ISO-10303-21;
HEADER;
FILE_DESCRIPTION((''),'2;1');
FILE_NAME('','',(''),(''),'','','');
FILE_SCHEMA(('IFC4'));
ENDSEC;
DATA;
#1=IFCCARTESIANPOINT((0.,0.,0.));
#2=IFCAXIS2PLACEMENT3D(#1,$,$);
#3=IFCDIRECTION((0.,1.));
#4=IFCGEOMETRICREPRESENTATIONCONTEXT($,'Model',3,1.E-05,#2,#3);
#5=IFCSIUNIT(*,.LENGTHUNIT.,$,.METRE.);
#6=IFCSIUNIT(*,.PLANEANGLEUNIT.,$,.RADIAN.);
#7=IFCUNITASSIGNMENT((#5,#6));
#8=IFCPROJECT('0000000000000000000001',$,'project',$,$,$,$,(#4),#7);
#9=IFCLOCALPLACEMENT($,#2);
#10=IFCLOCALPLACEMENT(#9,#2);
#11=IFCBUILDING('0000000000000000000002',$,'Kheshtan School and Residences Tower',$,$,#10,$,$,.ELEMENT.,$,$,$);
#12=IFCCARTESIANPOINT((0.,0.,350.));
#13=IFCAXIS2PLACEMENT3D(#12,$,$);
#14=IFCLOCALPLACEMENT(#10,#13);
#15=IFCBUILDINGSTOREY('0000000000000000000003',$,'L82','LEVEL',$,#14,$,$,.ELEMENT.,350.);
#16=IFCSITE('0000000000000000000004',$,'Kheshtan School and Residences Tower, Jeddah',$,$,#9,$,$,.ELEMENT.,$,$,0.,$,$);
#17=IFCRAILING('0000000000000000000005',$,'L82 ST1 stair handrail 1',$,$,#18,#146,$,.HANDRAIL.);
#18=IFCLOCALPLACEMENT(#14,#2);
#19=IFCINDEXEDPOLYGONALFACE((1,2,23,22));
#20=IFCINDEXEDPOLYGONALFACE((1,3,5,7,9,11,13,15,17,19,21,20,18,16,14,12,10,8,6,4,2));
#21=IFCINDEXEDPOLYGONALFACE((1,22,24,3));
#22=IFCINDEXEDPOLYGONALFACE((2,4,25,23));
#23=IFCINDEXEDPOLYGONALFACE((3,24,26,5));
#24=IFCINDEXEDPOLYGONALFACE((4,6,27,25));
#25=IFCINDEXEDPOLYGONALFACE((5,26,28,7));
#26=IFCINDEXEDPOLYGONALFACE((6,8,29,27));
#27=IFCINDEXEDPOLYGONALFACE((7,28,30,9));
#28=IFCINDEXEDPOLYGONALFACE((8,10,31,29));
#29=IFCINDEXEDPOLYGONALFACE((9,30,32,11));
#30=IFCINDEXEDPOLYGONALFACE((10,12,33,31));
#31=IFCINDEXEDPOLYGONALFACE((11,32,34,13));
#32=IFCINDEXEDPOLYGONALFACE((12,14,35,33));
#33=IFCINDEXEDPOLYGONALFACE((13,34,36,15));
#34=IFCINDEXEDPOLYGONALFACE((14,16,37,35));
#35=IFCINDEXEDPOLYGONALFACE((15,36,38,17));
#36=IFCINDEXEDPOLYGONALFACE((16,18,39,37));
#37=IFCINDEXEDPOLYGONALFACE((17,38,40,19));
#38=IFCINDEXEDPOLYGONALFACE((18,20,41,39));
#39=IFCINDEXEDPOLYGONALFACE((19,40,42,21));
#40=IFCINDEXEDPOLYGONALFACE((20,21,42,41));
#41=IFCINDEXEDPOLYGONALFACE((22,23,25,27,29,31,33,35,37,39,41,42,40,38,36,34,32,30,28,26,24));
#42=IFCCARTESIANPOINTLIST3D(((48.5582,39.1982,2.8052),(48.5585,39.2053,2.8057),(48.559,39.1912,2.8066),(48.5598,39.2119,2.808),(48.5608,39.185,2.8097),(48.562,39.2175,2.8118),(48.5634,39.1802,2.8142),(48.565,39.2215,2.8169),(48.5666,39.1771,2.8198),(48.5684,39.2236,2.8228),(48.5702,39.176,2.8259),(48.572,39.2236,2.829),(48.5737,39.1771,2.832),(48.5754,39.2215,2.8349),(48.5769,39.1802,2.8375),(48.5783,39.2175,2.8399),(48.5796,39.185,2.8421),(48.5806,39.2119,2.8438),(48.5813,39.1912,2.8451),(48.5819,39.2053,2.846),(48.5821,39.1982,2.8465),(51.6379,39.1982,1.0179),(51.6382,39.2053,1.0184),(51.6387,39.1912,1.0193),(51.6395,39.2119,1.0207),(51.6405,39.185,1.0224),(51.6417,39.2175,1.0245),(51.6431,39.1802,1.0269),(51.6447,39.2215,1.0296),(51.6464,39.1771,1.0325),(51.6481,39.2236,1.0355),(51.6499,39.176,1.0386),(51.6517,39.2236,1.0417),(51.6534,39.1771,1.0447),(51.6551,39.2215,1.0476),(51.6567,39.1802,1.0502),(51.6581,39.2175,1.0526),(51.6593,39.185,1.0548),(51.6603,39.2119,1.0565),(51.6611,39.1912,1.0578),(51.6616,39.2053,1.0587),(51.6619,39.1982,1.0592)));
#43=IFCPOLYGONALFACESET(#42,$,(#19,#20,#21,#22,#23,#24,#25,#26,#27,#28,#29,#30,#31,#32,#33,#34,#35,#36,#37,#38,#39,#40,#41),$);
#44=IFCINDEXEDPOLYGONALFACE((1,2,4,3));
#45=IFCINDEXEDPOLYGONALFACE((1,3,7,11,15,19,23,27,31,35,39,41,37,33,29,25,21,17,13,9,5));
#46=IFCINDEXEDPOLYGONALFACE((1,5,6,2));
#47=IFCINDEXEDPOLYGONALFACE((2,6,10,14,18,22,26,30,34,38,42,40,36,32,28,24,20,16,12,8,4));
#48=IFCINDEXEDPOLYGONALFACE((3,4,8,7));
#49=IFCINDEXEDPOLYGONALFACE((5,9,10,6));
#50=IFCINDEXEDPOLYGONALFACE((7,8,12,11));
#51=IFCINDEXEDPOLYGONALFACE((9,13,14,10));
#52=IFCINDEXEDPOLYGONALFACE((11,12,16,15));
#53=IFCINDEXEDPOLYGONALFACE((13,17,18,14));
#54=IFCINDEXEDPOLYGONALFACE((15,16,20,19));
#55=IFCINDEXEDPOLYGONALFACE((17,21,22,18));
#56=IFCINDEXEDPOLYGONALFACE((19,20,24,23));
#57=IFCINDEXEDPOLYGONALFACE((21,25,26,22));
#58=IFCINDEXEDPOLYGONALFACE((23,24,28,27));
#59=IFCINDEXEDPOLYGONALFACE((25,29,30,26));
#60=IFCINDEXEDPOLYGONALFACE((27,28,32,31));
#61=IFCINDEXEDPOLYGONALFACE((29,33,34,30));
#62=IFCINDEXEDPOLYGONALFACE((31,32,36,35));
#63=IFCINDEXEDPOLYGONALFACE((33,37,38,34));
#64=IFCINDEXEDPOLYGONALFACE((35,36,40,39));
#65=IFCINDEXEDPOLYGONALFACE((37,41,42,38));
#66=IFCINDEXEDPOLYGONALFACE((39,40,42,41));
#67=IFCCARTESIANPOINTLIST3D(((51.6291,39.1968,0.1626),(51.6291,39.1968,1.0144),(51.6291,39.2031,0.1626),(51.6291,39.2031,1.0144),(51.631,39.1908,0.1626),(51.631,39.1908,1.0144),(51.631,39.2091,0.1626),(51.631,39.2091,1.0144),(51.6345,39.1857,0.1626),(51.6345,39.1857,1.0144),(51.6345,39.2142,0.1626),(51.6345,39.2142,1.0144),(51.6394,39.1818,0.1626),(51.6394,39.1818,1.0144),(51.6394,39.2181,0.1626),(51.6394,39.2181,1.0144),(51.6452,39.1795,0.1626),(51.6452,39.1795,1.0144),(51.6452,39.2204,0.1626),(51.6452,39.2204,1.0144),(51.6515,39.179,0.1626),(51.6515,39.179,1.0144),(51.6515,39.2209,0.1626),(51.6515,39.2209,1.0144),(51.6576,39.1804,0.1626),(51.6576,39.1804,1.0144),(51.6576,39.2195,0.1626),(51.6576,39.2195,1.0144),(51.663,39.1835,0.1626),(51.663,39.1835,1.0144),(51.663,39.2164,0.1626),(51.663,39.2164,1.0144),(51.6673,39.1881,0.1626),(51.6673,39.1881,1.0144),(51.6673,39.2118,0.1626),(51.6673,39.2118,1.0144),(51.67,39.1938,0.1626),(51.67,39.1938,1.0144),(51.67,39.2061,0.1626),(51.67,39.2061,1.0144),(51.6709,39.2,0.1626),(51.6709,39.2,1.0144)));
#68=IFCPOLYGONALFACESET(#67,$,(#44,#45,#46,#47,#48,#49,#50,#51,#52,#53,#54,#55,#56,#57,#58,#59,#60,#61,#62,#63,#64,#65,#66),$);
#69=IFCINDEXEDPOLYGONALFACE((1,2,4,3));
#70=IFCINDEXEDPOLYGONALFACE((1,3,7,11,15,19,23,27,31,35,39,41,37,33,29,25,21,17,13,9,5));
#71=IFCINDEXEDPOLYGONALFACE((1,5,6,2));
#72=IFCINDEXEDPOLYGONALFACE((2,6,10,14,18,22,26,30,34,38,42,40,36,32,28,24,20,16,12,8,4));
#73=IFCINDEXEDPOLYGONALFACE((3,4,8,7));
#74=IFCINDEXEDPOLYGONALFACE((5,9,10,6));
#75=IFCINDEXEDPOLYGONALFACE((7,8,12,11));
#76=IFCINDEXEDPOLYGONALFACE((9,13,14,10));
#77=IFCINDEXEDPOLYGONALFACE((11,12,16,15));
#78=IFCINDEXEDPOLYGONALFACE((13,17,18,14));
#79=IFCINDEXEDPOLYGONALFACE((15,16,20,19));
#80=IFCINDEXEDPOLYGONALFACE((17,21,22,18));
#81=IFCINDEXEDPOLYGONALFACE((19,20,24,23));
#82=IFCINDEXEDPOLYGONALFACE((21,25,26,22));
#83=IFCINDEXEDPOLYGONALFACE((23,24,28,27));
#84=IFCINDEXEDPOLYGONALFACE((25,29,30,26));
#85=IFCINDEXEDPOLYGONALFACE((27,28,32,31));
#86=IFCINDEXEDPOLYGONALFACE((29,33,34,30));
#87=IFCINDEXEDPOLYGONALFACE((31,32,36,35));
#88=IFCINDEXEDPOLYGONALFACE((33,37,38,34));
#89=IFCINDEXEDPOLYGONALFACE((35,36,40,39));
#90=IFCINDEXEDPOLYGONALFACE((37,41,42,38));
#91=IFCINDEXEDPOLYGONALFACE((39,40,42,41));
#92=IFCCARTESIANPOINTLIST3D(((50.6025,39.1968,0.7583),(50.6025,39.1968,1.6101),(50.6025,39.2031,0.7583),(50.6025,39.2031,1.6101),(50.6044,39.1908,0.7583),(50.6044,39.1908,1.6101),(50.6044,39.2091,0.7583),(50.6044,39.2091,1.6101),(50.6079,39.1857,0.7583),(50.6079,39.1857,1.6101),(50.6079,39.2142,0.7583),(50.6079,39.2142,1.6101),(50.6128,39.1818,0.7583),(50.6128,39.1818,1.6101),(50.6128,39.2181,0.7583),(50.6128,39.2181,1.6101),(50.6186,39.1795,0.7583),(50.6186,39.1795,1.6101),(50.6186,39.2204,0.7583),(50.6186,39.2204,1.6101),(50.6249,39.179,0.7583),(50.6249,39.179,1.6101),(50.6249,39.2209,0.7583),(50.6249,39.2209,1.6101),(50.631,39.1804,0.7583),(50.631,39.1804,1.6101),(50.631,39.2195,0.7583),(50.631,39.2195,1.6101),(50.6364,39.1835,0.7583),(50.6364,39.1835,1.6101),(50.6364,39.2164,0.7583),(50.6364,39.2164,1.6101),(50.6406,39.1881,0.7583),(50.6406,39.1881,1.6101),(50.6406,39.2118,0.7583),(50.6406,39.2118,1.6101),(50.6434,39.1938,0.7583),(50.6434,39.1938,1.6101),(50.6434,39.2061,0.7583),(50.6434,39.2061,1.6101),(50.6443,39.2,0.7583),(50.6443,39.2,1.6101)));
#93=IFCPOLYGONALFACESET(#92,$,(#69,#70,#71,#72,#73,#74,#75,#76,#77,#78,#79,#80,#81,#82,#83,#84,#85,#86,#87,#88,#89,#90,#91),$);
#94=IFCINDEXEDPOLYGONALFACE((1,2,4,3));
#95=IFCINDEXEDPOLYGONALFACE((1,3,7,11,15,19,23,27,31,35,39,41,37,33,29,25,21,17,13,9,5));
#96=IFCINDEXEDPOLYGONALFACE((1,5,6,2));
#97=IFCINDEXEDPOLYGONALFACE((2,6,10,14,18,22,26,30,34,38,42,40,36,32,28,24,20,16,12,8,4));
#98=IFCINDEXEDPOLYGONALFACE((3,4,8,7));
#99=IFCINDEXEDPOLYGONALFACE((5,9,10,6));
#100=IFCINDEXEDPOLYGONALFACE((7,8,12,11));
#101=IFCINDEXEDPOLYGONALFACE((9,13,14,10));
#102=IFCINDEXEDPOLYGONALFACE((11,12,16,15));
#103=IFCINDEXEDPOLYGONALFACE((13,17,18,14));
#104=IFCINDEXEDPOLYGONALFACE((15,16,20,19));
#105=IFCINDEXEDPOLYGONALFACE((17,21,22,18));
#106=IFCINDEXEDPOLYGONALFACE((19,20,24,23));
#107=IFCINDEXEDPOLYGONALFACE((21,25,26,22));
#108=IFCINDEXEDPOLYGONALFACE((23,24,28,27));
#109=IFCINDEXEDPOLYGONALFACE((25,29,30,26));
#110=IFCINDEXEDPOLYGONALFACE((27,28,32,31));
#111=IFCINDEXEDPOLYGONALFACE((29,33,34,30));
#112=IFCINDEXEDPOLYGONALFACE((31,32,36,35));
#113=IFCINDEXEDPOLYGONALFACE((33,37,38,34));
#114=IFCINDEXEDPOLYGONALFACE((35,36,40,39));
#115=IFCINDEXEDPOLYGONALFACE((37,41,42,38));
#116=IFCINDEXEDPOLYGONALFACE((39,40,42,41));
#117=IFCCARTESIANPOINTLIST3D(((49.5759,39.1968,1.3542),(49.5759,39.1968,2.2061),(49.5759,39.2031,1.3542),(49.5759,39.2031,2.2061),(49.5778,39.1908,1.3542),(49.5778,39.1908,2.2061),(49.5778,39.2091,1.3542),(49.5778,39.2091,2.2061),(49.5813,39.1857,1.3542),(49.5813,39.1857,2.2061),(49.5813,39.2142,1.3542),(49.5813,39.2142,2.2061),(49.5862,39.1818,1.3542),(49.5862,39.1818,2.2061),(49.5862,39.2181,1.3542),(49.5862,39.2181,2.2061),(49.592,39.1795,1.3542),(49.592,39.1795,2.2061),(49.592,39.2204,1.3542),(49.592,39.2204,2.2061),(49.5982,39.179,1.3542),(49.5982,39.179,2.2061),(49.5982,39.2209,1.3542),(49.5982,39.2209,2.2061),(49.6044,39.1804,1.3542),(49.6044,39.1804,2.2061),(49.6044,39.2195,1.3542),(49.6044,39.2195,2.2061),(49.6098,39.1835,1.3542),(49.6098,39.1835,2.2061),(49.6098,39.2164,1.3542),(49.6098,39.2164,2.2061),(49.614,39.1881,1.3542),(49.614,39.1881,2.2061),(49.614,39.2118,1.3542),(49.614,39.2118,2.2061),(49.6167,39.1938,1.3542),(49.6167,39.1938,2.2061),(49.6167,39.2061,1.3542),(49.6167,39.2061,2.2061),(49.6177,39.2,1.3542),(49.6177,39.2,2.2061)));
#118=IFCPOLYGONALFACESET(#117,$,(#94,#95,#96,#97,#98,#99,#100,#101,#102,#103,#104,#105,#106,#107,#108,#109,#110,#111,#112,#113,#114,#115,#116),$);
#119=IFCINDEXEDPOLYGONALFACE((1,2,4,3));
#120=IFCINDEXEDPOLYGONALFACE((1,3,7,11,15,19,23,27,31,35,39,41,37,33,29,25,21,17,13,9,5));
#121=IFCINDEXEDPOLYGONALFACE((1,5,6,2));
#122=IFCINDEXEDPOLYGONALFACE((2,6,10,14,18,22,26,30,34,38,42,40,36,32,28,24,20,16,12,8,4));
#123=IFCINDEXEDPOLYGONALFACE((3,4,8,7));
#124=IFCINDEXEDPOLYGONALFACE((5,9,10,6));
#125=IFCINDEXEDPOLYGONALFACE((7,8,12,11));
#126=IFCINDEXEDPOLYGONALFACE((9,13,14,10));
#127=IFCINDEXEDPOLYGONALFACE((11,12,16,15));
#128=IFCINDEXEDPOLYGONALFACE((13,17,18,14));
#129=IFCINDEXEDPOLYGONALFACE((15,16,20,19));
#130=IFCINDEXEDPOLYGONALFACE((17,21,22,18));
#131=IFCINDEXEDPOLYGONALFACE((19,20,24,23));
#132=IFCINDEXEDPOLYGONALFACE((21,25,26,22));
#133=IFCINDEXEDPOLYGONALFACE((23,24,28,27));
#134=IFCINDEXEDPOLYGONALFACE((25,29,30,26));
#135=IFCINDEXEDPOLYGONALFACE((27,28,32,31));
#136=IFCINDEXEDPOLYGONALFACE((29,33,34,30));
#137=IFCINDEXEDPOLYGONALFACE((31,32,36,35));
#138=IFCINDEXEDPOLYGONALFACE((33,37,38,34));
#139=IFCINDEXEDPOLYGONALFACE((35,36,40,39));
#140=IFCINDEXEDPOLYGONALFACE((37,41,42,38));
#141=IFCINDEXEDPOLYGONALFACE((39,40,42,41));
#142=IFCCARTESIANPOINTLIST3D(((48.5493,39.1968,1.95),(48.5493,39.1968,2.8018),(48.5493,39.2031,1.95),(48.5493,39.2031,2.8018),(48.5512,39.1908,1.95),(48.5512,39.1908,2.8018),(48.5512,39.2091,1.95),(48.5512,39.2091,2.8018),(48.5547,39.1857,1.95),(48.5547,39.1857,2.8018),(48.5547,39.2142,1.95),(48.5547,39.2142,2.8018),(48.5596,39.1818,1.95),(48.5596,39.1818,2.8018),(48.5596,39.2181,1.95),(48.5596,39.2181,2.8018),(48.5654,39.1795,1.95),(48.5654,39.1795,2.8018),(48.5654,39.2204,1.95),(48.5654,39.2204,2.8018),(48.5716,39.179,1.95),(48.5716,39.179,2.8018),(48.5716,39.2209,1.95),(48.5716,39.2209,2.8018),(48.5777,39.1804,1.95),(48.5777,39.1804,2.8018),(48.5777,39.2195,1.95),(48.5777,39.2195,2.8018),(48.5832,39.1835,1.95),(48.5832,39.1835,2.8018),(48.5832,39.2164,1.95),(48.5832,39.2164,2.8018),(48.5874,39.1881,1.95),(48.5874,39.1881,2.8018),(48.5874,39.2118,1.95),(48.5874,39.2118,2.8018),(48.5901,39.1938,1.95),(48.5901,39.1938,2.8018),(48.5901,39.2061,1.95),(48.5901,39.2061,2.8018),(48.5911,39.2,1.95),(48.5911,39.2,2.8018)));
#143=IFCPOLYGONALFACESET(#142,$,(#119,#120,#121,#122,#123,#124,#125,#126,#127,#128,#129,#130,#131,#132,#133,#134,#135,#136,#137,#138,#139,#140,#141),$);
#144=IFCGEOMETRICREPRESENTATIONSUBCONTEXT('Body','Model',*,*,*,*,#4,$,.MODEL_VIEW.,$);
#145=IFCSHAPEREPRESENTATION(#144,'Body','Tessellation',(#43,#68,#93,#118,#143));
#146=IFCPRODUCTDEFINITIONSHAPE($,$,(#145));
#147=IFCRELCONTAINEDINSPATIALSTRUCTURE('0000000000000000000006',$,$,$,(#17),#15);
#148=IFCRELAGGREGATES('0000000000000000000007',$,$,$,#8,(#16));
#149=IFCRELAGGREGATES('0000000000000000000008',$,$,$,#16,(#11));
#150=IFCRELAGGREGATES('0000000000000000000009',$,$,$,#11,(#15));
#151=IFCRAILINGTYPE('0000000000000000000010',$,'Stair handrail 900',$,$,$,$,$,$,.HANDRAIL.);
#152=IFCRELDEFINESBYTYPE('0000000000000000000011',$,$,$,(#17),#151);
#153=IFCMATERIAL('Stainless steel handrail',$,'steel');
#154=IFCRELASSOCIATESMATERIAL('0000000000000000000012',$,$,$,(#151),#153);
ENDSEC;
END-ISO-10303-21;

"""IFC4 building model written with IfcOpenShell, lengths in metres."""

from ifc_helpers import new_model, si_unit, direction, frame, origin, origin_2d, place, context, subcontext, project, spatial, circle, extrude, material, type_object, element, save


model = new_model("IFC4")

# Units and contexts
model_context = context("Model", 3, precision=1e-05, world=origin(), true_north=direction((0.0, 1.0)))
body_context = subcontext(model_context, "Body", "Model", "MODEL_VIEW")
ifc_project = project(units=[si_unit("LENGTHUNIT", "METRE"), si_unit("PLANEANGLEUNIT", "RADIAN")], contexts=[model_context])

# Site, building, storey
site_placement = place(None, origin())
site = spatial("IfcSite", under=ifc_project, at=site_placement, Name="Kheshtan School and Residences Tower, Jeddah", CompositionType="ELEMENT", RefElevation=0.0)
building_placement = place(site_placement, origin())
building = spatial("IfcBuilding", under=site, at=building_placement, Name="Kheshtan School and Residences Tower", CompositionType="ELEMENT")
storey_placement = place(building_placement, frame((0.0, 0.0, 350.0)))
storey = spatial("IfcBuildingStorey", under=building, at=storey_placement, Name="L82", Description="LEVEL", CompositionType="ELEMENT", Elevation=350.0)

# Railing
ifc_material_1 = material(Name="Stainless steel handrail", Category="steel")
railing_type_1 = type_object("IfcRailingType", Name="Stair handrail 900", PredefinedType="HANDRAIL", material=ifc_material_1)
railing_1_placement = place(storey_placement, frame((51.6499, 39.2, 0.1626)))
element("IfcRailing", 1, at=railing_1_placement, inside=storey, type_object=railing_type_1, Name="L82 ST1 stair handrail 1", PredefinedType="HANDRAIL", context=body_context, shape_type="SweptSolid", body=[
    extrude(circle(Radius=0.0239, at=origin_2d()), frame((0.0, 0.0, 0.876), z_axis=(-0.864903, 0.0, 0.501939), x_axis=(0.0, -1.0, 0.0)), (0.0, 0.0, 1.0), 3.5608),
    extrude(circle(Radius=0.021, at=origin_2d()), origin(), (0.0, 0.0, 1.0), 0.8518),
    extrude(circle(Radius=0.021, at=origin_2d()), frame((-1.0266, 0.0, 0.5957)), (0.0, 0.0, 1.0), 0.8518),
    extrude(circle(Radius=0.021, at=origin_2d()), frame((-2.0532, 0.0, 1.1917)), (0.0, 0.0, 1.0), 0.8518),
    extrude(circle(Radius=0.021, at=origin_2d()), frame((-3.0798, 0.0, 1.7874)), (0.0, 0.0, 1.0), 0.8518),
])

save(model, "model.ifc")
